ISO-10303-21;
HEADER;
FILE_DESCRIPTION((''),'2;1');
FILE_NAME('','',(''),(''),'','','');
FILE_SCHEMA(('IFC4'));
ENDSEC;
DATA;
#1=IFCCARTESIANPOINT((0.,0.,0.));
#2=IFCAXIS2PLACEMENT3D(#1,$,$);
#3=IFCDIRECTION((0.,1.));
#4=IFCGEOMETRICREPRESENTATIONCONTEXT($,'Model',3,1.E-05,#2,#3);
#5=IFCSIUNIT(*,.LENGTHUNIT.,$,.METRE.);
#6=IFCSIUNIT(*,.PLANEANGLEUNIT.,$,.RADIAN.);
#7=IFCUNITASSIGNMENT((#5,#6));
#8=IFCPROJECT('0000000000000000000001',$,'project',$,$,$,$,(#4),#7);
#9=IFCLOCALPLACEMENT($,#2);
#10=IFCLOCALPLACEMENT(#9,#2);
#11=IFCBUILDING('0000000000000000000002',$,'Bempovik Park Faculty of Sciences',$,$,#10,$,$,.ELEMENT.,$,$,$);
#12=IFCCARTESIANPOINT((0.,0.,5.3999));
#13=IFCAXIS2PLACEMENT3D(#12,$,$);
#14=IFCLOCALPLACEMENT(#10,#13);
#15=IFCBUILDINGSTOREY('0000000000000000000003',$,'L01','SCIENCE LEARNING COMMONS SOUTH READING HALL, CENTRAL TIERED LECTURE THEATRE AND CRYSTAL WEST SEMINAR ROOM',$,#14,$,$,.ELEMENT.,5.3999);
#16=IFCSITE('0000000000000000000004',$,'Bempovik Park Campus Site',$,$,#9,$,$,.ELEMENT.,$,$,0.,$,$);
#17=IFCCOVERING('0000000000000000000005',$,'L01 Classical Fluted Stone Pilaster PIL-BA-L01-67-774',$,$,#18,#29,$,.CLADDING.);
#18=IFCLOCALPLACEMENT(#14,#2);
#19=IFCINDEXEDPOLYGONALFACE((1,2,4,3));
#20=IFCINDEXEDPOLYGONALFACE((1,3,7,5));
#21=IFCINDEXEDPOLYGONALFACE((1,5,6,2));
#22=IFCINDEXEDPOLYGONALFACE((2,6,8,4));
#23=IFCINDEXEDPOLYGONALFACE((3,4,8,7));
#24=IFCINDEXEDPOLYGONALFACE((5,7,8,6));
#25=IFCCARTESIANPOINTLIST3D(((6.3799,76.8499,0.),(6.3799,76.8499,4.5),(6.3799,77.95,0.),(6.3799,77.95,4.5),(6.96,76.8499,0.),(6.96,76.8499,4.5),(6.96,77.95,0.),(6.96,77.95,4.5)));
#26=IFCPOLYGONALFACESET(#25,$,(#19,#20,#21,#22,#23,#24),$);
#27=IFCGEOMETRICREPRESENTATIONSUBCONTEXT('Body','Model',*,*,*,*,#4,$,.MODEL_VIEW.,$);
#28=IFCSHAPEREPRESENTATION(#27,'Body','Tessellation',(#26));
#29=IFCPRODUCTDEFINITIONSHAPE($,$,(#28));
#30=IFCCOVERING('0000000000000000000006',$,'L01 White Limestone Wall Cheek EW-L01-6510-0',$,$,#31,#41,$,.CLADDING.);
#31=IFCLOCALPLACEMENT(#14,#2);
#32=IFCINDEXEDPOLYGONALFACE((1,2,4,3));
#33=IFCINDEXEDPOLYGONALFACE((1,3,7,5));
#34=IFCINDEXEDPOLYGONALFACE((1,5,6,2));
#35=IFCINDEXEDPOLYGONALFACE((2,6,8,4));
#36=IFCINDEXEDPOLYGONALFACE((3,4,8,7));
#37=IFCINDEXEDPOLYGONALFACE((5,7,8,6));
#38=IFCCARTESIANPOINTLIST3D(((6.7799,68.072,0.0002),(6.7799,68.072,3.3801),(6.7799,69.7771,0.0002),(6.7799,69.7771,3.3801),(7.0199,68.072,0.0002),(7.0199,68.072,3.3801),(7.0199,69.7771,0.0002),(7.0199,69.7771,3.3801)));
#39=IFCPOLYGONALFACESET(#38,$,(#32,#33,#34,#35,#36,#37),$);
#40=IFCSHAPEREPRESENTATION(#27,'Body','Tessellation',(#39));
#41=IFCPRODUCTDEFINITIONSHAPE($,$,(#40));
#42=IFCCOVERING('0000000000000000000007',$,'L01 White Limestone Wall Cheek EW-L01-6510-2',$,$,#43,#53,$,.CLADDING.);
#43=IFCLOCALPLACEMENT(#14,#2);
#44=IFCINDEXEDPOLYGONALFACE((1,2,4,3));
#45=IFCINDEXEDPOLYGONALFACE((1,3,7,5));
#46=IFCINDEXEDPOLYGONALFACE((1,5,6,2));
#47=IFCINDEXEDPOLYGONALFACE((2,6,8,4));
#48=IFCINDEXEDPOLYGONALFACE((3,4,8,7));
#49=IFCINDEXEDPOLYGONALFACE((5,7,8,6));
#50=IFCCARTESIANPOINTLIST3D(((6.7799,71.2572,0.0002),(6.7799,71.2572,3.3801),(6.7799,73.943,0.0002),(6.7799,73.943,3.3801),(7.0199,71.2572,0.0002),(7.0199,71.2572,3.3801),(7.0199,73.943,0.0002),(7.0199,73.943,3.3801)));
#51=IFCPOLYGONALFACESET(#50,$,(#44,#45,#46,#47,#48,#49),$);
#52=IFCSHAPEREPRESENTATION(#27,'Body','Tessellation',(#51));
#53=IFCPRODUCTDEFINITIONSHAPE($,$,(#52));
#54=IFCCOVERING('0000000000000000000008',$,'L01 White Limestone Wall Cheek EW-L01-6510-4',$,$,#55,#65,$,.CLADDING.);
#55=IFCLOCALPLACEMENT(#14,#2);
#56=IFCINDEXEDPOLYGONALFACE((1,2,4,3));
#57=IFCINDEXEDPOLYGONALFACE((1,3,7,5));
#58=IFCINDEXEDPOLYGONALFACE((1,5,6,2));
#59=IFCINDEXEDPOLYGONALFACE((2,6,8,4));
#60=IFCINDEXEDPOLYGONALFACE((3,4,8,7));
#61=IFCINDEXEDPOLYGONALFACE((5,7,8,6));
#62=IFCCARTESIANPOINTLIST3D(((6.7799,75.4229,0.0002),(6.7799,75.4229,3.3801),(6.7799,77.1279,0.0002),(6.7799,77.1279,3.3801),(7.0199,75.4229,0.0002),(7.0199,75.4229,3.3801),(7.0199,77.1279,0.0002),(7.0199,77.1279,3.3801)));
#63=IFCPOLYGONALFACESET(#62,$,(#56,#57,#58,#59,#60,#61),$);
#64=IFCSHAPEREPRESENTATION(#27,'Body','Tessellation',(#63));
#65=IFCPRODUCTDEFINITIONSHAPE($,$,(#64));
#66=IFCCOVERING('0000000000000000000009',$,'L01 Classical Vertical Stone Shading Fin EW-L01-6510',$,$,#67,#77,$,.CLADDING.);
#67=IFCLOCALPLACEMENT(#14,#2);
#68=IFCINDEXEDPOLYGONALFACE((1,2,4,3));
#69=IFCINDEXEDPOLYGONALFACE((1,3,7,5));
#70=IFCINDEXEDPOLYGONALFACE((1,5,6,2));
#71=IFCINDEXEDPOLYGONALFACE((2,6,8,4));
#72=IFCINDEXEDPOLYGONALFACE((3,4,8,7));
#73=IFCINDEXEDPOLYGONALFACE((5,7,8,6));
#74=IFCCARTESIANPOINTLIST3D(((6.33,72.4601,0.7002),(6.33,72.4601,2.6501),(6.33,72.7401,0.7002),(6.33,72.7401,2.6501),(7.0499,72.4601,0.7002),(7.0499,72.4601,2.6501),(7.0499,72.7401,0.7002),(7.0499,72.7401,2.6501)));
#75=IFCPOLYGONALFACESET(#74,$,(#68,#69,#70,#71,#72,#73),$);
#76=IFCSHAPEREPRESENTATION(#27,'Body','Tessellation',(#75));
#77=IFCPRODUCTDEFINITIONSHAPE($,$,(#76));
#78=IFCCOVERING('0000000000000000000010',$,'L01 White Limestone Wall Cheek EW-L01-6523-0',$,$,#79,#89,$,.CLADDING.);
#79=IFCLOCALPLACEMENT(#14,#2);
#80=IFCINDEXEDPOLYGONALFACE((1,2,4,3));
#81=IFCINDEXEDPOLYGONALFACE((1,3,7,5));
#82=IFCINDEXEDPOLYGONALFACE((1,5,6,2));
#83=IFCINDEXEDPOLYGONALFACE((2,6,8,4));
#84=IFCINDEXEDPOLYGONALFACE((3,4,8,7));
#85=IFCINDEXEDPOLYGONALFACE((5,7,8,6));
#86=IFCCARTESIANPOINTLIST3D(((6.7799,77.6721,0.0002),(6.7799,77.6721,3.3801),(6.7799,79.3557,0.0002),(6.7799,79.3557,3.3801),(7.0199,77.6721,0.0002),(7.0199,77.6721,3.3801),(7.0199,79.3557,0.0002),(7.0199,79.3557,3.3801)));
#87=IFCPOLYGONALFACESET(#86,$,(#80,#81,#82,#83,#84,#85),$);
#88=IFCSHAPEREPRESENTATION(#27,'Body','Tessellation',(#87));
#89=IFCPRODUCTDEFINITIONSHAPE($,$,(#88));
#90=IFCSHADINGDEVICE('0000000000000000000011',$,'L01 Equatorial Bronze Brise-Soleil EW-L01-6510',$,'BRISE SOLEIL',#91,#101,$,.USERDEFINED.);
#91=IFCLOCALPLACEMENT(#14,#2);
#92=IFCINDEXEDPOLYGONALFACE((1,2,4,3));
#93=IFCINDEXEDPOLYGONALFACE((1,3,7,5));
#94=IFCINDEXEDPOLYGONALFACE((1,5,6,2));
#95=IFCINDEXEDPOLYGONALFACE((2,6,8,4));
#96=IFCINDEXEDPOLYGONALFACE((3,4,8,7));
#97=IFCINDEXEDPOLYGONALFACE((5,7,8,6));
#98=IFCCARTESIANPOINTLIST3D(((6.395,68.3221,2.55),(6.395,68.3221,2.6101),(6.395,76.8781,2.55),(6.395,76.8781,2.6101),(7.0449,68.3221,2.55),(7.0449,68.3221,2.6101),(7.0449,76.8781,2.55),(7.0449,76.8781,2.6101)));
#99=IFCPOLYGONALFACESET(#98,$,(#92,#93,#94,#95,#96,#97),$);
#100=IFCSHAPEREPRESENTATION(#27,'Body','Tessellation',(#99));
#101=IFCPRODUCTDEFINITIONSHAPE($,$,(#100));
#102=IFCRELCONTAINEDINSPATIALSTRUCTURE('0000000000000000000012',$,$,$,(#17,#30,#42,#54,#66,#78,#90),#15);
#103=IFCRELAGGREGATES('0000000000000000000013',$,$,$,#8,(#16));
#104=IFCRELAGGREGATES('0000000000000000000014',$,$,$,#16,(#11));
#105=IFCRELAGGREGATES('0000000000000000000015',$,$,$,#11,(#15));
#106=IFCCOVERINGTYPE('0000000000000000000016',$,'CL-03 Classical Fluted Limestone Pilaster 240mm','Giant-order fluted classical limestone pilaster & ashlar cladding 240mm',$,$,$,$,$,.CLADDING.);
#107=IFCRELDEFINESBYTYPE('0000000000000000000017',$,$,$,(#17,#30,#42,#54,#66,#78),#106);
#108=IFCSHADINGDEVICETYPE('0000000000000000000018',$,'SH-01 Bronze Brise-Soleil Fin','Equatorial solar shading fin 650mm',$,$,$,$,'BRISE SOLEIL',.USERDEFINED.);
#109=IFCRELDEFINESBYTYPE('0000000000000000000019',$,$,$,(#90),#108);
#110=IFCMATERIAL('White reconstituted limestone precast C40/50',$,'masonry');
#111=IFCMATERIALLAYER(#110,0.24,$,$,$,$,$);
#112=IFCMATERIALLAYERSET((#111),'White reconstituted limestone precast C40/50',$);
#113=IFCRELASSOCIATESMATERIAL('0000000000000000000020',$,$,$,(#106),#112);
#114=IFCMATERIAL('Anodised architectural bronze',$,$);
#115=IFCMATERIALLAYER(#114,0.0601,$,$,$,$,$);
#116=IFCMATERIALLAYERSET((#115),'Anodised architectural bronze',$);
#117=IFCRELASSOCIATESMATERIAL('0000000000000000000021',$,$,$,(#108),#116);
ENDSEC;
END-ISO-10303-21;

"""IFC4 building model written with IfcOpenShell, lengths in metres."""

from ifc_helpers import new_model, si_unit, direction, frame, origin, origin_2d, place, context, subcontext, project, spatial, rectangle, extrude, material, layer, layer_set, type_object, element, save


model = new_model("IFC4")

# Units and contexts
model_context = context("Model", 3, precision=1e-05, world=origin(), true_north=direction((0.0, 1.0)))
body_context = subcontext(model_context, "Body", "Model", "MODEL_VIEW")
ifc_project = project(units=[si_unit("LENGTHUNIT", "METRE"), si_unit("PLANEANGLEUNIT", "RADIAN")], contexts=[model_context])

# Site, building, storey
site_placement = place(None, origin())
site = spatial("IfcSite", under=ifc_project, at=site_placement, Name="Bempovik Park Campus Site", CompositionType="ELEMENT", RefElevation=0.0)
building_placement = place(site_placement, origin())
building = spatial("IfcBuilding", under=site, at=building_placement, Name="Bempovik Park Faculty of Sciences", CompositionType="ELEMENT")
storey_placement = place(building_placement, frame((0.0, 0.0, 5.3999)))
storey = spatial("IfcBuildingStorey", under=building, at=storey_placement, Name="L01", Description="SCIENCE LEARNING COMMONS SOUTH READING HALL, CENTRAL TIERED LECTURE THEATRE AND CRYSTAL WEST SEMINAR ROOM", CompositionType="ELEMENT", Elevation=5.3999)

# Coverings
ifc_material_1 = material(Name="White reconstituted limestone precast C40/50", Category="masonry")
ifc_layer_1 = layer(ifc_material_1, 0.24)
ifc_layer_set_1 = layer_set([ifc_layer_1], Name="White reconstituted limestone precast C40/50")
covering_type_1 = type_object("IfcCoveringType", Name="CL-03 Classical Fluted Limestone Pilaster 240mm", Description="Giant-order fluted classical limestone pilaster & ashlar cladding 240mm", PredefinedType="CLADDING", material=ifc_layer_set_1)
covering_1_placement = place(storey_placement, frame((6.6699, 77.3999, 0.0), z_axis=(0.0, 0.0, 1.0), x_axis=(1.0, 0.0, 0.0)))
element("IfcCovering", 1, at=covering_1_placement, inside=storey, type_object=covering_type_1, Name="L01 Classical Fluted Stone Pilaster PIL-BA-L01-67-774", PredefinedType="CLADDING", context=body_context, shape_type="SweptSolid", body=[
    extrude(rectangle(XDim=0.5801, YDim=1.1001, at=origin_2d()), origin(), (0.0, 0.0, 1.0), 4.5),
])
covering_2_placement = place(storey_placement, frame((6.8999, 68.9246, 0.0002), z_axis=(0.0, 0.0, 1.0), x_axis=(1.0, 0.0, 0.0)))
element("IfcCovering", 2, at=covering_2_placement, inside=storey, type_object=covering_type_1, Name="L01 White Limestone Wall Cheek EW-L01-6510-0", PredefinedType="CLADDING", context=body_context, shape_type="SweptSolid", body=[
    extrude(rectangle(XDim=0.24, YDim=1.7051, at=origin_2d()), origin(), (0.0, 0.0, 1.0), 3.3799),
])
covering_3_placement = place(storey_placement, frame((6.8999, 72.6001, 0.0002), z_axis=(0.0, 0.0, 1.0), x_axis=(1.0, 0.0, 0.0)))
element("IfcCovering", 3, at=covering_3_placement, inside=storey, type_object=covering_type_1, Name="L01 White Limestone Wall Cheek EW-L01-6510-2", PredefinedType="CLADDING", context=body_context, shape_type="SweptSolid", body=[
    extrude(rectangle(XDim=0.24, YDim=2.6858, at=origin_2d()), origin(), (0.0, 0.0, 1.0), 3.3799),
])
covering_4_placement = place(storey_placement, frame((6.8999, 76.2754, 0.0002), z_axis=(0.0, 0.0, 1.0), x_axis=(1.0, 0.0, 0.0)))
element("IfcCovering", 4, at=covering_4_placement, inside=storey, type_object=covering_type_1, Name="L01 White Limestone Wall Cheek EW-L01-6510-4", PredefinedType="CLADDING", context=body_context, shape_type="SweptSolid", body=[
    extrude(rectangle(XDim=0.24, YDim=1.7051, at=origin_2d()), origin(), (0.0, 0.0, 1.0), 3.3799),
])
covering_5_placement = place(storey_placement, frame((6.6899, 72.6001, 0.7002), z_axis=(0.0, 0.0, 1.0), x_axis=(1.0, 0.0, 0.0)))
element("IfcCovering", 5, at=covering_5_placement, inside=storey, type_object=covering_type_1, Name="L01 Classical Vertical Stone Shading Fin EW-L01-6510", PredefinedType="CLADDING", context=body_context, shape_type="SweptSolid", body=[
    extrude(rectangle(XDim=0.72, YDim=0.28, at=origin_2d()), origin(), (0.0, 0.0, 1.0), 1.95),
])
covering_6_placement = place(storey_placement, frame((6.8999, 78.5139, 0.0002), z_axis=(0.0, 0.0, 1.0), x_axis=(1.0, 0.0, 0.0)))
element("IfcCovering", 6, at=covering_6_placement, inside=storey, type_object=covering_type_1, Name="L01 White Limestone Wall Cheek EW-L01-6523-0", PredefinedType="CLADDING", context=body_context, shape_type="SweptSolid", body=[
    extrude(rectangle(XDim=0.24, YDim=1.6836, at=origin_2d()), origin(), (0.0, 0.0, 1.0), 3.3799),
])

# Shading device
ifc_material_2 = material(Name="Anodised architectural bronze")
ifc_layer_2 = layer(ifc_material_2, 0.0601)
ifc_layer_set_2 = layer_set([ifc_layer_2], Name="Anodised architectural bronze")
shading_device_type = type_object("IfcShadingDeviceType", Name="SH-01 Bronze Brise-Soleil Fin", Description="Equatorial solar shading fin 650mm", ElementType="BRISE SOLEIL", PredefinedType="USERDEFINED", material=ifc_layer_set_2)
shading_device_placement = place(storey_placement, frame((6.72, 72.6001, 2.55), z_axis=(0.0, 0.0, 1.0), x_axis=(1.0, 0.0, 0.0)))
element("IfcShadingDevice", 7, at=shading_device_placement, inside=storey, type_object=shading_device_type, Name="L01 Equatorial Bronze Brise-Soleil EW-L01-6510", ObjectType="BRISE SOLEIL", PredefinedType="USERDEFINED", context=body_context, shape_type="SweptSolid", body=[
    extrude(rectangle(XDim=0.6499, YDim=8.5559, at=origin_2d()), origin(), (0.0, 0.0, 1.0), 0.0601),
])

save(model, "model.ifc")
